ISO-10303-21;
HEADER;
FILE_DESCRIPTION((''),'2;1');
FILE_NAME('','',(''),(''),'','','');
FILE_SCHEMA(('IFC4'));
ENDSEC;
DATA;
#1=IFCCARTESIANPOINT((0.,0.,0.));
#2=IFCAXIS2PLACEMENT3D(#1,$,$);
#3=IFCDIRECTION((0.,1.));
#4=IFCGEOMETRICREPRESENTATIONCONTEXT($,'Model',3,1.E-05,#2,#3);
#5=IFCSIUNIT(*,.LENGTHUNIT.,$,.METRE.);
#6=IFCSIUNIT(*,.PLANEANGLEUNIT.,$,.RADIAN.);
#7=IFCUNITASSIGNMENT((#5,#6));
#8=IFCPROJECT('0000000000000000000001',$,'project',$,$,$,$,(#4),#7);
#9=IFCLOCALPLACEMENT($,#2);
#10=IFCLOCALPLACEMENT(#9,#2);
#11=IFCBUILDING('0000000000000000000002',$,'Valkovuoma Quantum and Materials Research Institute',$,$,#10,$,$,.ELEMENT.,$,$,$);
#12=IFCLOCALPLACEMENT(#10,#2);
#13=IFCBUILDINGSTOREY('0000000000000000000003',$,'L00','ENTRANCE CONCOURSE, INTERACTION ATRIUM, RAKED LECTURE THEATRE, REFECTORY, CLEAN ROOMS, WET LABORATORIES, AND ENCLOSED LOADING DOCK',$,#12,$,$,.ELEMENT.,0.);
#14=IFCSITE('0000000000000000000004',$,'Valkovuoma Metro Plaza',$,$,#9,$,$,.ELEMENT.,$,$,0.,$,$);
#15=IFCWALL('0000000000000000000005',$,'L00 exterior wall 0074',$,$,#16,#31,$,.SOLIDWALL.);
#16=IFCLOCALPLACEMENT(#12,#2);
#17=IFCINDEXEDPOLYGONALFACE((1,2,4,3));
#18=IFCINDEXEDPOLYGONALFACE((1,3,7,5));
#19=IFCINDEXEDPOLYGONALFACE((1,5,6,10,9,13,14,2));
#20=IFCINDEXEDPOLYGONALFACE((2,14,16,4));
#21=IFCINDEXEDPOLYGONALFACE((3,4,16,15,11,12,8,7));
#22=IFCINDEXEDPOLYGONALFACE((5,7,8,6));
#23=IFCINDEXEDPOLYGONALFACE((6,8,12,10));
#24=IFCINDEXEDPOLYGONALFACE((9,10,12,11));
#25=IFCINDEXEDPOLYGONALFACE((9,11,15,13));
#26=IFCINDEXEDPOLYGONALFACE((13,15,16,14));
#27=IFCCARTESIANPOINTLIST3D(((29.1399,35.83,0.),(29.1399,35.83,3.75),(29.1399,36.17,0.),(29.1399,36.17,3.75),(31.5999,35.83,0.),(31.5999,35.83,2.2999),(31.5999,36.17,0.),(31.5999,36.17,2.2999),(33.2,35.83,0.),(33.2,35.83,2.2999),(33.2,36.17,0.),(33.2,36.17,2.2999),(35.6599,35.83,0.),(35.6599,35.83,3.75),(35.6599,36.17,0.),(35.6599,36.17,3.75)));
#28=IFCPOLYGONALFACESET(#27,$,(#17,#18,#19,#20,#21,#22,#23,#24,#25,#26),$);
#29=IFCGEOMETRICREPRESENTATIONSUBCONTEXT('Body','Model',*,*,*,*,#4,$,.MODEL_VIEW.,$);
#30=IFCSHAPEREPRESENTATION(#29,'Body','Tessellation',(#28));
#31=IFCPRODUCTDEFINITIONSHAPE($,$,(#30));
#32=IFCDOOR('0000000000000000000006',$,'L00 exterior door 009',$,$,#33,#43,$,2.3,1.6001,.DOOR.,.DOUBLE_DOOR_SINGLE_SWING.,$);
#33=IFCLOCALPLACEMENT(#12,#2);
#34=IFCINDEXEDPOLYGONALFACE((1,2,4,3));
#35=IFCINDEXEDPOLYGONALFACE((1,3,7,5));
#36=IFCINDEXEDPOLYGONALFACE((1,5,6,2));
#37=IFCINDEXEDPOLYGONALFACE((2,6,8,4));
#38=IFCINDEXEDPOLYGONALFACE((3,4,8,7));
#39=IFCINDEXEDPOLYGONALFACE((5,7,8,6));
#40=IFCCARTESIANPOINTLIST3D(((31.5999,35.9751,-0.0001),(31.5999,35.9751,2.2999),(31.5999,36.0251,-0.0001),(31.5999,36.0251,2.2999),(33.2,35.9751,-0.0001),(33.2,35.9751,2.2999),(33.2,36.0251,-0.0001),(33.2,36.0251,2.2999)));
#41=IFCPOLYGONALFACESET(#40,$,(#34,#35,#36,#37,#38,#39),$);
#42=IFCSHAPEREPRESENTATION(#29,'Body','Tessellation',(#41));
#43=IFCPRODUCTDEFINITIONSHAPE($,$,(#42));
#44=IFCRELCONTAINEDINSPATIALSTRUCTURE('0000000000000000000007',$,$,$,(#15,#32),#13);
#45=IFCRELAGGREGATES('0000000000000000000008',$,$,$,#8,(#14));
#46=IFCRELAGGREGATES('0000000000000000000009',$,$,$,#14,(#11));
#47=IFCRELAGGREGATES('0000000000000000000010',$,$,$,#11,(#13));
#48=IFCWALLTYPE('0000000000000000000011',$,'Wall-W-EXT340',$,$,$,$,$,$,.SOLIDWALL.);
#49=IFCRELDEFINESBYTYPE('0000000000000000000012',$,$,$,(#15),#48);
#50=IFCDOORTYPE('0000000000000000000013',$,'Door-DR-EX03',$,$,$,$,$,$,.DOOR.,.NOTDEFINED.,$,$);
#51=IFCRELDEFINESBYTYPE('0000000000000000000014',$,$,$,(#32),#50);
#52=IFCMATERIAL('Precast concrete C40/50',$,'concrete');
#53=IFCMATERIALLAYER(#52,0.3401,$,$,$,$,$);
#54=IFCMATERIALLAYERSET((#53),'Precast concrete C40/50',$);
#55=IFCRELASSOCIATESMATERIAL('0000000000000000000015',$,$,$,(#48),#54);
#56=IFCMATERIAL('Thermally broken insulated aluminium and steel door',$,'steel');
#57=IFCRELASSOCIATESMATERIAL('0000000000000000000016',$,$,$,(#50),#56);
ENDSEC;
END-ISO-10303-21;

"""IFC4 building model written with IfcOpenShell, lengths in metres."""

from ifc_helpers import new_model, si_unit, direction, frame, frame_2d, origin, place, context, subcontext, project, spatial, rectangle, extrude, material, layer, layer_set, type_object, element, fill, save


model = new_model("IFC4")

# Units and contexts
model_context = context("Model", 3, precision=1e-05, world=origin(), true_north=direction((0.0, 1.0)))
body_context = subcontext(model_context, "Body", "Model", "MODEL_VIEW")
ifc_project = project(units=[si_unit("LENGTHUNIT", "METRE"), si_unit("PLANEANGLEUNIT", "RADIAN")], contexts=[model_context])

# Site, building, storey
site_placement = place(None, origin())
site = spatial("IfcSite", under=ifc_project, at=site_placement, Name="Valkovuoma Metro Plaza", CompositionType="ELEMENT", RefElevation=0.0)
building_placement = place(site_placement, origin())
building = spatial("IfcBuilding", under=site, at=building_placement, Name="Valkovuoma Quantum and Materials Research Institute", CompositionType="ELEMENT")
storey_placement = place(building_placement, origin())
storey = spatial("IfcBuildingStorey", under=building, at=storey_placement, Name="L00", Description="ENTRANCE CONCOURSE, INTERACTION ATRIUM, RAKED LECTURE THEATRE, REFECTORY, CLEAN ROOMS, WET LABORATORIES, AND ENCLOSED LOADING DOCK", CompositionType="ELEMENT", Elevation=0.0)

# Wall, opening, door
ifc_material_1 = material(Name="Precast concrete C40/50", Category="concrete")
ifc_layer_1 = layer(ifc_material_1, 0.3401)
ifc_layer_set_1 = layer_set([ifc_layer_1], Name="Precast concrete C40/50")
wall_type = type_object("IfcWallType", Name="Wall-W-EXT340", PredefinedType="SOLIDWALL", material=ifc_layer_set_1)
wall_placement = place(storey_placement, frame((29.1399, 36.0, 0.0), z_axis=(0.0, 0.0, 1.0), x_axis=(1.0, 0.0, 0.0)))
wall = element("IfcWall", 1, at=wall_placement, inside=storey, type_object=wall_type, Name="L00 exterior wall 0074", PredefinedType="SOLIDWALL", context=body_context, shape_type="SweptSolid", body=[
    extrude(rectangle(XDim=6.52, YDim=0.3401, at=frame_2d((3.26, 0.0))), origin(), (0.0, 0.0, 1.0), 3.75),
])
opening_placement = place(wall_placement, frame((2.46, 0.0, 0.0)))
opening = element("IfcOpeningElement", 2, at=opening_placement, cuts=wall, PredefinedType="OPENING", context=body_context, shape_type="SweptSolid", body=[
    extrude(rectangle(XDim=1.6001, YDim=2.3, at=frame_2d((0.8, 1.1499))), frame((0.0, 0.1802, 0.0), z_axis=(0.0, -1.0, 0.0), x_axis=(1.0, 0.0, 0.0)), (0.0, 0.0, 1.0), 0.3601),
])
ifc_material_2 = material(Name="Thermally broken insulated aluminium and steel door", Category="steel")
door_type = type_object("IfcDoorType", Name="Door-DR-EX03", OperationType="NOTDEFINED", PredefinedType="DOOR", material=ifc_material_2)
door_placement = place(opening_placement, frame((1.6001, 0.0, 0.0), z_axis=(0.0, 0.0, 1.0), x_axis=(-1.0, 0.0, 0.0)))
door = element("IfcDoor", 3, at=door_placement, inside=storey, type_object=door_type, Name="L00 exterior door 009", OperationType="DOUBLE_DOOR_SINGLE_SWING", OverallHeight=2.3, OverallWidth=1.6001, PredefinedType="DOOR", context=body_context, shape_type="SweptSolid", body=[
    extrude(rectangle(XDim=1.6001, YDim=2.3, at=frame_2d((0.8, 1.1499))), frame((0.0, 0.0249, 0.0), z_axis=(0.0, -1.0, 0.0), x_axis=(1.0, 0.0, 0.0)), (0.0, 0.0, 1.0), 0.05),
])
fill(opening, door)

save(model, "model.ifc")
